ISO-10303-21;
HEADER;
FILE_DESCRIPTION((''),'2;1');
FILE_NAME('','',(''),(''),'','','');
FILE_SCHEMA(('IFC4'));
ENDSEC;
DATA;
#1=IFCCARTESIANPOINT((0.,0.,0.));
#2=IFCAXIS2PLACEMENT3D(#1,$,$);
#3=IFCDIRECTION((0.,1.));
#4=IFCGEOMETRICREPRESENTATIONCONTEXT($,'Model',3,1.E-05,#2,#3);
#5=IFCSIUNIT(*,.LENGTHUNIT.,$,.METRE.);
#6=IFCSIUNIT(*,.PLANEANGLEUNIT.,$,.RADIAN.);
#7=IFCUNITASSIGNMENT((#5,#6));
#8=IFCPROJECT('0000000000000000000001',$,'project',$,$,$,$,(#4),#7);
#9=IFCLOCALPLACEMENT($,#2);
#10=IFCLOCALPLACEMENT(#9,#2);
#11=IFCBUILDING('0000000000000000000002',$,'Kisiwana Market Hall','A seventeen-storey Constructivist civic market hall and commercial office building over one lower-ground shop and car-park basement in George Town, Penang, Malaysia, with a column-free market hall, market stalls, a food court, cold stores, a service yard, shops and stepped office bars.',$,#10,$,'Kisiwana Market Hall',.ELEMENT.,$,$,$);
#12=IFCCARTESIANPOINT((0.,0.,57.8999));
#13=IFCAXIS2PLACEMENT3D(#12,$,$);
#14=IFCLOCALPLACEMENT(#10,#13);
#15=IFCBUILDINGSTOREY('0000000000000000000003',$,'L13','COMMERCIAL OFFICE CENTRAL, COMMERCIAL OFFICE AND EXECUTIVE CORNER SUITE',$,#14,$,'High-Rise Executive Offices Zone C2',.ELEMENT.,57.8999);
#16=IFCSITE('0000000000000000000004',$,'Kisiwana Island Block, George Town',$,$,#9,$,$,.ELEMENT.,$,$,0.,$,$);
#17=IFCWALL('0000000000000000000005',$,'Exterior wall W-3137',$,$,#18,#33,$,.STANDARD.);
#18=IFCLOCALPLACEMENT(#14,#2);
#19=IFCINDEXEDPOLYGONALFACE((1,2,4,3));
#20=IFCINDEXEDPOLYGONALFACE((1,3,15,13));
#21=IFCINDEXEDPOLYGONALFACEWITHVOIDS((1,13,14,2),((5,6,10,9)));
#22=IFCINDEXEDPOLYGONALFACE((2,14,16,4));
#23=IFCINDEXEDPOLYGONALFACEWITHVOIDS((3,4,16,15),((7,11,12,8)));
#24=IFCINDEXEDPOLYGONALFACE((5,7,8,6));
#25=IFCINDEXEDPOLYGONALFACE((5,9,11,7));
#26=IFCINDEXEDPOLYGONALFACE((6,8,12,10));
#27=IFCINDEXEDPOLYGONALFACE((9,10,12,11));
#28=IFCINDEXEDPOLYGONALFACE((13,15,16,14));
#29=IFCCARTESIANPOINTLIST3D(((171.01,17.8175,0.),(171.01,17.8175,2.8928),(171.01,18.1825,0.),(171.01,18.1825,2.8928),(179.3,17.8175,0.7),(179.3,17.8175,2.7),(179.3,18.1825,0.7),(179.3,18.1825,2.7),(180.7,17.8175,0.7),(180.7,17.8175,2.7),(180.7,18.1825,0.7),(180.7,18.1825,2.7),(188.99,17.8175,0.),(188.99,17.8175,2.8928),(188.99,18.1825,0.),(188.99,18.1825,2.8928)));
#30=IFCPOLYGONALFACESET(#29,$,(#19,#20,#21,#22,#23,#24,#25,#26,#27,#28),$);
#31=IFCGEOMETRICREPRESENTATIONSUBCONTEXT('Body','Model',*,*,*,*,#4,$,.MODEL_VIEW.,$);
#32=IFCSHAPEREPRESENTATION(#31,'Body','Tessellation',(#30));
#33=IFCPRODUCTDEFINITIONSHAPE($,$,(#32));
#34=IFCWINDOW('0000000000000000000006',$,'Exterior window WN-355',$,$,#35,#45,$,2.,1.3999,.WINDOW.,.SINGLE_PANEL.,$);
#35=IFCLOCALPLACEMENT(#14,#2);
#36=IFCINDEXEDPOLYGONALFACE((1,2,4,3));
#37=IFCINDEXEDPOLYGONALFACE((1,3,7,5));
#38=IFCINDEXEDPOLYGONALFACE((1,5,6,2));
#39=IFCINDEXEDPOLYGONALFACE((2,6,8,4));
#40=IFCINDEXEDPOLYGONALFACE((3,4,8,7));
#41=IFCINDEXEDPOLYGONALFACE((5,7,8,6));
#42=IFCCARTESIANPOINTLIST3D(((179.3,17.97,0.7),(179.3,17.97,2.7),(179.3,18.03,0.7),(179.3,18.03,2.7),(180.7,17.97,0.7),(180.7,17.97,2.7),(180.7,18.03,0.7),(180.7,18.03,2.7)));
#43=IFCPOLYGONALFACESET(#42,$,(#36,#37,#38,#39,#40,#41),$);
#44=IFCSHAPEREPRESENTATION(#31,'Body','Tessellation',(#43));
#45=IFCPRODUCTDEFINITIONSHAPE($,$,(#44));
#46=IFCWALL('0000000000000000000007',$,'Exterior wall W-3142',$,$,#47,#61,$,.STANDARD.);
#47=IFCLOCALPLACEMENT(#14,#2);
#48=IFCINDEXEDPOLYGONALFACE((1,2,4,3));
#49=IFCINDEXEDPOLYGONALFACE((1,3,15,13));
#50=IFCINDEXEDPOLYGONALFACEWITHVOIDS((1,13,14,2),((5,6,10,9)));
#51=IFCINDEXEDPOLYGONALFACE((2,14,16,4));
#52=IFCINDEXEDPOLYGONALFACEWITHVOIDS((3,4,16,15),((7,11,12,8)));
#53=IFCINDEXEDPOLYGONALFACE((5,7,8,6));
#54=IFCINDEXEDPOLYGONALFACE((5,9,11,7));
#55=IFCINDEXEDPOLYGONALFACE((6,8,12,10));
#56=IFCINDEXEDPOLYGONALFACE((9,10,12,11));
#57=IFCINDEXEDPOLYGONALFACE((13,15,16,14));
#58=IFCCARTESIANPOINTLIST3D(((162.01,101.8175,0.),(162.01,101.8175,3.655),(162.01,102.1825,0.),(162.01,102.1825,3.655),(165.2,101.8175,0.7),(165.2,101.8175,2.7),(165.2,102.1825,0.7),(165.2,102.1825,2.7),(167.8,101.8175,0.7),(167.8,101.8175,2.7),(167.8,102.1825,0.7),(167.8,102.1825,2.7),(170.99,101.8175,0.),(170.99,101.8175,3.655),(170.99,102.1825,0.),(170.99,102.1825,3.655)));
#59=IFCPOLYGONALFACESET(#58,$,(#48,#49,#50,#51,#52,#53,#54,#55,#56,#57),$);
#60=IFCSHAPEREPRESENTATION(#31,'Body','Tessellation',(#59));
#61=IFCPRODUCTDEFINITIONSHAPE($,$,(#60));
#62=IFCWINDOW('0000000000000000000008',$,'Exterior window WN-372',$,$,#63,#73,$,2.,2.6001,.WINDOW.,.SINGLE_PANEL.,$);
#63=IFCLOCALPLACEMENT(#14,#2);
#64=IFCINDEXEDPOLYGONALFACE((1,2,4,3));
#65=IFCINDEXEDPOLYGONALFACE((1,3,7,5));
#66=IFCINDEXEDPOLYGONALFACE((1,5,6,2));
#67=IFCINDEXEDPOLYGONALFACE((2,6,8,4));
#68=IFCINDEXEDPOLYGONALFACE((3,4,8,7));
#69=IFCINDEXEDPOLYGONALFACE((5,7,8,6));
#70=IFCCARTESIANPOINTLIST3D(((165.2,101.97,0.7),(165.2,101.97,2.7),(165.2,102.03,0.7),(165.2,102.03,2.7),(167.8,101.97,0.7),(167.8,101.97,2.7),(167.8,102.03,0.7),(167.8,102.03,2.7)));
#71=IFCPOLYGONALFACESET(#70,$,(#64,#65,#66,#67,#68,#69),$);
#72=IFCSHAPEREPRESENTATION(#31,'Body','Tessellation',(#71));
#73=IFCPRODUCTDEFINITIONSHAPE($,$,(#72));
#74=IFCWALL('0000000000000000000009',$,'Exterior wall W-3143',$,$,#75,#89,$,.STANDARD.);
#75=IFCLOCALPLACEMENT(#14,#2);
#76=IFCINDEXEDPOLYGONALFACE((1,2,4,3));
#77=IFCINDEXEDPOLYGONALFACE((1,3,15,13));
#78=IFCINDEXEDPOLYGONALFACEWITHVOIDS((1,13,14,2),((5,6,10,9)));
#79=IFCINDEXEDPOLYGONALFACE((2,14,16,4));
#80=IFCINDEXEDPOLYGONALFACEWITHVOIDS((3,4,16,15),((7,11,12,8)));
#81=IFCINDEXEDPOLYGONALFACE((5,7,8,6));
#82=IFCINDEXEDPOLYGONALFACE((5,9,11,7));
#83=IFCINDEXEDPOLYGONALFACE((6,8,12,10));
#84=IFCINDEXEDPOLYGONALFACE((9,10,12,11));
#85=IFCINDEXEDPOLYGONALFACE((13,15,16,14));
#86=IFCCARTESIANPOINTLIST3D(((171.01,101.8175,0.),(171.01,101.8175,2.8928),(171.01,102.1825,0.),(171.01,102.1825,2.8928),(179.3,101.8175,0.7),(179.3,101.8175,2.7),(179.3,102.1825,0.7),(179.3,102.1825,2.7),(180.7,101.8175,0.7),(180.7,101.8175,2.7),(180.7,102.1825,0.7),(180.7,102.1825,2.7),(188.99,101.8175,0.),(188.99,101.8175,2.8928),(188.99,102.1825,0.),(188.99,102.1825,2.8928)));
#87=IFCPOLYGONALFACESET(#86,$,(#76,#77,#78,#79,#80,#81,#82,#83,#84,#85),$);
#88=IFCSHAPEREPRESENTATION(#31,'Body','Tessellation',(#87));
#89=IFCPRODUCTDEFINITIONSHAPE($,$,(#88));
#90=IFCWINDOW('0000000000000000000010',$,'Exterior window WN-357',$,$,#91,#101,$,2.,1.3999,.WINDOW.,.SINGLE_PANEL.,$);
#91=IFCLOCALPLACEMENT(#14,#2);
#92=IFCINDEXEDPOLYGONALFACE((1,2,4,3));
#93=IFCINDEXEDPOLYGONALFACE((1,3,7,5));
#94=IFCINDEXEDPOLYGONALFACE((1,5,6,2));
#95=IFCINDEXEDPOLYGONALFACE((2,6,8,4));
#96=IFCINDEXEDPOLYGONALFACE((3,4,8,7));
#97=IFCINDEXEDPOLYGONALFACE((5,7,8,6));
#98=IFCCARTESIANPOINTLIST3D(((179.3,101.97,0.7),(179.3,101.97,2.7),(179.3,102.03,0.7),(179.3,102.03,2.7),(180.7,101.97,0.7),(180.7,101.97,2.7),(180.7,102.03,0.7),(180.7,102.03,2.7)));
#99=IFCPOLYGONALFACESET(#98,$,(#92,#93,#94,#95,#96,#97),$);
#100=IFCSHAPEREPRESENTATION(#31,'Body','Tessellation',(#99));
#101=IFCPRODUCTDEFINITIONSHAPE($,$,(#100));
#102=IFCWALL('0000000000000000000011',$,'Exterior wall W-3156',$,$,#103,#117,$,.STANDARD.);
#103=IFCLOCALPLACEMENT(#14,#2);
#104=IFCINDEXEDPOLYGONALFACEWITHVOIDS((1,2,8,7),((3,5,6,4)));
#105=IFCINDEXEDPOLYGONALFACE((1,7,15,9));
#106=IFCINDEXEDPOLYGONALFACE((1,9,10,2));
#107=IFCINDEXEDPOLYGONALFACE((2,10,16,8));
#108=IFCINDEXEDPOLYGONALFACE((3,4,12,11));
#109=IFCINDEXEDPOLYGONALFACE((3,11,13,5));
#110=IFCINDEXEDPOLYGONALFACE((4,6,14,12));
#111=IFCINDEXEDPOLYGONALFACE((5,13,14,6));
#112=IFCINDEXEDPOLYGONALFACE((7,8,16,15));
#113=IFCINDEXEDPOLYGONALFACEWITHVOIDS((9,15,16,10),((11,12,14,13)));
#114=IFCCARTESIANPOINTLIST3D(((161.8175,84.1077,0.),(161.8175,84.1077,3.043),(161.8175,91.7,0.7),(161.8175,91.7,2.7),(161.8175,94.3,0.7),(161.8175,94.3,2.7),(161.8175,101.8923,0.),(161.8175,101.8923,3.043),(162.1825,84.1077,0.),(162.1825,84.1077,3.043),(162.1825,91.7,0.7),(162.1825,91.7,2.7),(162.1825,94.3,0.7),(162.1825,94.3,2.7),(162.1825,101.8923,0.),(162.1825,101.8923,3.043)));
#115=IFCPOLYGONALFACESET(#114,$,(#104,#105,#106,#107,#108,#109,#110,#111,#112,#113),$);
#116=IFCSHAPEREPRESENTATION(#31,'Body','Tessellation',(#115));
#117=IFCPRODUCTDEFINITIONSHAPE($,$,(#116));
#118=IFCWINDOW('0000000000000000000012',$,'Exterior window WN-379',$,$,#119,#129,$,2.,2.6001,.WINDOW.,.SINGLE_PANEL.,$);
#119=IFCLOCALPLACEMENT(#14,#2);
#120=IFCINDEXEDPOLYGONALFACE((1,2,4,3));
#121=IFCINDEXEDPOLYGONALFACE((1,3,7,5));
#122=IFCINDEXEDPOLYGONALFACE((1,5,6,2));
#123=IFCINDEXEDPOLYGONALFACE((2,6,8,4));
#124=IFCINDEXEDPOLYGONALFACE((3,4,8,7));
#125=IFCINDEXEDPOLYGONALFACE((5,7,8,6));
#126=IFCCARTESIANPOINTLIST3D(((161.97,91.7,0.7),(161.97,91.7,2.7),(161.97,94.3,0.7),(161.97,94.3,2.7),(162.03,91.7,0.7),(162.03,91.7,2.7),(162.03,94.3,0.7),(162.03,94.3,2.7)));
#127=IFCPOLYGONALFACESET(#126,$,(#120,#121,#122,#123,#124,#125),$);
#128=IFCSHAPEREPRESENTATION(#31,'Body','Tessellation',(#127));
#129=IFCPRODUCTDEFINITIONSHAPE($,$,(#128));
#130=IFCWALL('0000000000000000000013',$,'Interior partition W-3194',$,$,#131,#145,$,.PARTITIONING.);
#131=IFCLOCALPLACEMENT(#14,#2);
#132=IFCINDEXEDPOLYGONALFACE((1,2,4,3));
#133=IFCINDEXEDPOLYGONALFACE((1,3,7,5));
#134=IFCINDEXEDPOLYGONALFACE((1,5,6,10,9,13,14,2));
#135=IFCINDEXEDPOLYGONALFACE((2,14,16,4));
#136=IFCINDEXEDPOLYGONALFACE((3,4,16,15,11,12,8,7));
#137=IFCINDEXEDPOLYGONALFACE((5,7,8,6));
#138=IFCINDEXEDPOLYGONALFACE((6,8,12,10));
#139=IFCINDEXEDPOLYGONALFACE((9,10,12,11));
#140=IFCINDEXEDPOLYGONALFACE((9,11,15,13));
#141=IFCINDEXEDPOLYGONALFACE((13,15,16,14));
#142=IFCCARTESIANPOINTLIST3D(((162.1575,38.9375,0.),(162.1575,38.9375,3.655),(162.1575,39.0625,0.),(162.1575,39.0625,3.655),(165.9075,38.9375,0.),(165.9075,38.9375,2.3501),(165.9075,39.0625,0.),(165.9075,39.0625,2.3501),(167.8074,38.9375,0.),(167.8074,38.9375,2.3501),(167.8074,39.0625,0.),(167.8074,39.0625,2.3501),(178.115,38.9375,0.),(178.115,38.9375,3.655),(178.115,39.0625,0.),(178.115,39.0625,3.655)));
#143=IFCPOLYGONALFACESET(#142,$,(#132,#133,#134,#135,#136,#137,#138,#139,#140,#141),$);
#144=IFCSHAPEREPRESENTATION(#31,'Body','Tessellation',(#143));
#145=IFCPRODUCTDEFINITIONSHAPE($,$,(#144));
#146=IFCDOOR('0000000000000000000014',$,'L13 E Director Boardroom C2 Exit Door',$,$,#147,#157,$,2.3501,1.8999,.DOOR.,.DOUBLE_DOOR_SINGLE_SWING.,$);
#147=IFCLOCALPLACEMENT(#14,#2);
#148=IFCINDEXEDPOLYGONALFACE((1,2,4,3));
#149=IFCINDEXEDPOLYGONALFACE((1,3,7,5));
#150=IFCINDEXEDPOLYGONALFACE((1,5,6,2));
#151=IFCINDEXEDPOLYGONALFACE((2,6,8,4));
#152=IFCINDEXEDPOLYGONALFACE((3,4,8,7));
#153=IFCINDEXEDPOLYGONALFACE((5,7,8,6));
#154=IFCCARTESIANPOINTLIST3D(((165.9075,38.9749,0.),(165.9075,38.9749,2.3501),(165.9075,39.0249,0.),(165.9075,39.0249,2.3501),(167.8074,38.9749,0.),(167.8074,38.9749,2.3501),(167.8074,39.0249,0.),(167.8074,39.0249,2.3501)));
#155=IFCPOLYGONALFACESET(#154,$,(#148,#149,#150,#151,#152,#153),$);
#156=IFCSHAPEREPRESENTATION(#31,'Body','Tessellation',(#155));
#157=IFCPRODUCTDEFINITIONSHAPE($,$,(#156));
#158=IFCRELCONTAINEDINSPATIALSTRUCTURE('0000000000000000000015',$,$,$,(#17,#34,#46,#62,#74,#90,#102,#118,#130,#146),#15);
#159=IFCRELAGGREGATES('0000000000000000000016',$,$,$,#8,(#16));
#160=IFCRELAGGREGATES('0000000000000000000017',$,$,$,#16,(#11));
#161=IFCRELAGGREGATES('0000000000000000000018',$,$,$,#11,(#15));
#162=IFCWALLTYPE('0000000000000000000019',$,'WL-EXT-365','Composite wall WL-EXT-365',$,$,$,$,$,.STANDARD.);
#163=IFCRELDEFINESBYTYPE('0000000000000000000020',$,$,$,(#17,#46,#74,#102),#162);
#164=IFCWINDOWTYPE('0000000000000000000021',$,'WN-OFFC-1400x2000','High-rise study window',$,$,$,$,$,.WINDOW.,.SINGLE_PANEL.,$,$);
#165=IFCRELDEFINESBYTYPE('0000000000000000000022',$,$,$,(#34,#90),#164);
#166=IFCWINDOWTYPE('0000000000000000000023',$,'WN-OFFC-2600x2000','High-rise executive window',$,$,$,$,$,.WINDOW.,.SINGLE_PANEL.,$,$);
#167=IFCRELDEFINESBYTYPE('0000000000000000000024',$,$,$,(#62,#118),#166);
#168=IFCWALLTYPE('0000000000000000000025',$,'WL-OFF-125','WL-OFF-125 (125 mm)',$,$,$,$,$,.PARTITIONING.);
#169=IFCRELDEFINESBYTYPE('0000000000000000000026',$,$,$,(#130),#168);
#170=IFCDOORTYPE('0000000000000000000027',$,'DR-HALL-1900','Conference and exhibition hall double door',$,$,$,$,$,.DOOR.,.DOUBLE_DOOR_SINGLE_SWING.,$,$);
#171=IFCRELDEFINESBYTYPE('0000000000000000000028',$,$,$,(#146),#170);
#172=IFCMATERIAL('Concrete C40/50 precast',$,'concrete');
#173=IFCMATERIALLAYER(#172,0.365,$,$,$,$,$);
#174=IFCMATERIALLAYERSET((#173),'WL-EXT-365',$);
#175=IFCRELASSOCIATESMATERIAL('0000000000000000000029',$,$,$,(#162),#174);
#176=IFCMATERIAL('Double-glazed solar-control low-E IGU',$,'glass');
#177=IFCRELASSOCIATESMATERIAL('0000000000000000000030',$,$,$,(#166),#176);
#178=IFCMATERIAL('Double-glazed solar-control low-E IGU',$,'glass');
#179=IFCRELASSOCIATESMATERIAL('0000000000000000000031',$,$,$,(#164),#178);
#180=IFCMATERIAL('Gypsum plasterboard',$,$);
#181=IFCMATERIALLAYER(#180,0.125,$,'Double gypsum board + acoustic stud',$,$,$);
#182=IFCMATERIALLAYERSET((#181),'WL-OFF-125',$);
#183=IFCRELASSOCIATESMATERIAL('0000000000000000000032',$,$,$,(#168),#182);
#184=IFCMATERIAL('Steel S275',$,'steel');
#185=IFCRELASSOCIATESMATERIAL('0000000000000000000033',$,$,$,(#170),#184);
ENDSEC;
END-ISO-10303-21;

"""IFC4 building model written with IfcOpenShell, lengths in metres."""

from ifc_helpers import new_model, si_unit, direction, frame, frame_2d, origin, place, context, subcontext, project, spatial, rectangle, extrude, material, layer, layer_set, type_object, element, fill, save


model = new_model("IFC4")

# Units and contexts
model_context = context("Model", 3, precision=1e-05, world=origin(), true_north=direction((0.0, 1.0)))
body_context = subcontext(model_context, "Body", "Model", "MODEL_VIEW")
ifc_project = project(units=[si_unit("LENGTHUNIT", "METRE"), si_unit("PLANEANGLEUNIT", "RADIAN")], contexts=[model_context])

# Site, building, storey
site_placement = place(None, origin())
site = spatial("IfcSite", under=ifc_project, at=site_placement, Name="Kisiwana Island Block, George Town", CompositionType="ELEMENT", RefElevation=0.0)
building_placement = place(site_placement, origin())
building = spatial("IfcBuilding", under=site, at=building_placement, Name="Kisiwana Market Hall", Description="A seventeen-storey Constructivist civic market hall and commercial office building over one lower-ground shop and car-park basement in George Town, Penang, Malaysia, with a column-free market hall, market stalls, a food court, cold stores, a service yard, shops and stepped office bars.", LongName="Kisiwana Market Hall", CompositionType="ELEMENT")
storey_placement = place(building_placement, frame((0.0, 0.0, 57.8999)))
storey = spatial("IfcBuildingStorey", under=building, at=storey_placement, Name="L13", Description="COMMERCIAL OFFICE CENTRAL, COMMERCIAL OFFICE AND EXECUTIVE CORNER SUITE", LongName="High-Rise Executive Offices Zone C2", CompositionType="ELEMENT", Elevation=57.8999)

# Walls, openings, windows
ifc_material_1 = material(Name="Concrete C40/50 precast", Category="concrete")
ifc_layer_1 = layer(ifc_material_1, 0.365)
ifc_layer_set_1 = layer_set([ifc_layer_1], Name="WL-EXT-365")
wall_type_1 = type_object("IfcWallType", Name="WL-EXT-365", Description="Composite wall WL-EXT-365", PredefinedType="STANDARD", material=ifc_layer_set_1)
ifc_material_2 = material(Name="Double-glazed solar-control low-E IGU", Category="glass")
window_type_1 = type_object("IfcWindowType", Name="WN-OFFC-2600x2000", Description="High-rise executive window", PartitioningType="SINGLE_PANEL", PredefinedType="WINDOW", material=ifc_material_2)
wall_1_placement = place(storey_placement, frame((171.01, 18.0, 0.0), z_axis=(0.0, 0.0, 1.0), x_axis=(1.0, 0.0, 0.0)))
wall_1 = element("IfcWall", 1, at=wall_1_placement, inside=storey, type_object=wall_type_1, Name="Exterior wall W-3137", PredefinedType="STANDARD", context=body_context, shape_type="SweptSolid", body=[
    extrude(rectangle(XDim=17.98, YDim=0.365, at=frame_2d((8.99, 0.0))), origin(), (0.0, 0.0, 1.0), 2.8928),
])
opening_1_placement = place(wall_1_placement, frame((8.29, 0.0, 0.7)))
opening_1 = element("IfcOpeningElement", 2, at=opening_1_placement, cuts=wall_1, PredefinedType="OPENING", context=body_context, shape_type="SweptSolid", body=[
    extrude(rectangle(XDim=1.3999, YDim=2.0, at=frame_2d((0.7, 1.0))), frame((0.0, 0.1943, 0.0), z_axis=(0.0, -1.0, 0.0), x_axis=(1.0, 0.0, 0.0)), (0.0, 0.0, 1.0), 0.3889),
])
ifc_material_3 = material(Name="Double-glazed solar-control low-E IGU", Category="glass")
window_type_2 = type_object("IfcWindowType", Name="WN-OFFC-1400x2000", Description="High-rise study window", PartitioningType="SINGLE_PANEL", PredefinedType="WINDOW", material=ifc_material_3)
window_1_placement = place(opening_1_placement, origin())
window_1 = element("IfcWindow", 3, at=window_1_placement, inside=storey, type_object=window_type_2, Name="Exterior window WN-355", OverallHeight=2.0, OverallWidth=1.3999, PartitioningType="SINGLE_PANEL", PredefinedType="WINDOW", context=body_context, shape_type="SweptSolid", body=[
    extrude(rectangle(XDim=1.3999, YDim=2.0, at=frame_2d((0.7, 1.0))), frame((0.0, 0.03, 0.0), z_axis=(0.0, -1.0, 0.0), x_axis=(1.0, 0.0, 0.0)), (0.0, 0.0, 1.0), 0.0601),
])
fill(opening_1, window_1)
wall_2_placement = place(storey_placement, frame((162.01, 102.0, 0.0), z_axis=(0.0, 0.0, 1.0), x_axis=(1.0, 0.0, 0.0)))
wall_2 = element("IfcWall", 4, at=wall_2_placement, inside=storey, type_object=wall_type_1, Name="Exterior wall W-3142", PredefinedType="STANDARD", context=body_context, shape_type="SweptSolid", body=[
    extrude(rectangle(XDim=8.98, YDim=0.365, at=frame_2d((4.49, 0.0))), origin(), (0.0, 0.0, 1.0), 3.655),
])
opening_2_placement = place(wall_2_placement, frame((3.1899, 0.0, 0.7)))
opening_2 = element("IfcOpeningElement", 5, at=opening_2_placement, cuts=wall_2, PredefinedType="OPENING", context=body_context, shape_type="SweptSolid", body=[
    extrude(rectangle(XDim=2.6001, YDim=2.0, at=frame_2d((1.3, 1.0))), frame((0.0, 0.1943, 0.0), z_axis=(0.0, -1.0, 0.0), x_axis=(1.0, 0.0, 0.0)), (0.0, 0.0, 1.0), 0.3889),
])
window_2_placement = place(opening_2_placement, origin())
window_2 = element("IfcWindow", 6, at=window_2_placement, inside=storey, type_object=window_type_1, Name="Exterior window WN-372", OverallHeight=2.0, OverallWidth=2.6001, PartitioningType="SINGLE_PANEL", PredefinedType="WINDOW", context=body_context, shape_type="SweptSolid", body=[
    extrude(rectangle(XDim=2.6001, YDim=2.0, at=frame_2d((1.3, 1.0))), frame((0.0, 0.03, 0.0), z_axis=(0.0, -1.0, 0.0), x_axis=(1.0, 0.0, 0.0)), (0.0, 0.0, 1.0), 0.0601),
])
fill(opening_2, window_2)
wall_3_placement = place(storey_placement, frame((171.01, 102.0, 0.0), z_axis=(0.0, 0.0, 1.0), x_axis=(1.0, 0.0, 0.0)))
wall_3 = element("IfcWall", 7, at=wall_3_placement, inside=storey, type_object=wall_type_1, Name="Exterior wall W-3143", PredefinedType="STANDARD", context=body_context, shape_type="SweptSolid", body=[
    extrude(rectangle(XDim=17.98, YDim=0.365, at=frame_2d((8.99, 0.0))), origin(), (0.0, 0.0, 1.0), 2.8928),
])
opening_3_placement = place(wall_3_placement, frame((8.29, 0.0, 0.7)))
opening_3 = element("IfcOpeningElement", 8, at=opening_3_placement, cuts=wall_3, PredefinedType="OPENING", context=body_context, shape_type="SweptSolid", body=[
    extrude(rectangle(XDim=1.3999, YDim=2.0, at=frame_2d((0.7, 1.0))), frame((0.0, 0.1943, 0.0), z_axis=(0.0, -1.0, 0.0), x_axis=(1.0, 0.0, 0.0)), (0.0, 0.0, 1.0), 0.3889),
])
window_3_placement = place(opening_3_placement, origin())
window_3 = element("IfcWindow", 9, at=window_3_placement, inside=storey, type_object=window_type_2, Name="Exterior window WN-357", OverallHeight=2.0, OverallWidth=1.3999, PartitioningType="SINGLE_PANEL", PredefinedType="WINDOW", context=body_context, shape_type="SweptSolid", body=[
    extrude(rectangle(XDim=1.3999, YDim=2.0, at=frame_2d((0.7, 1.0))), frame((0.0, 0.03, 0.0), z_axis=(0.0, -1.0, 0.0), x_axis=(1.0, 0.0, 0.0)), (0.0, 0.0, 1.0), 0.0601),
])
fill(opening_3, window_3)
wall_4_placement = place(storey_placement, frame((162.0, 84.1077, 0.0), z_axis=(0.0, 0.0, 1.0), x_axis=(0.0, 1.0, 0.0)))
wall_4 = element("IfcWall", 10, at=wall_4_placement, inside=storey, type_object=wall_type_1, Name="Exterior wall W-3156", PredefinedType="STANDARD", context=body_context, shape_type="SweptSolid", body=[
    extrude(rectangle(XDim=17.7847, YDim=0.365, at=frame_2d((8.8923, 0.0))), origin(), (0.0, 0.0, 1.0), 3.043),
])
opening_4_placement = place(wall_4_placement, frame((7.5923, 0.0, 0.7)))
opening_4 = element("IfcOpeningElement", 11, at=opening_4_placement, cuts=wall_4, PredefinedType="OPENING", context=body_context, shape_type="SweptSolid", body=[
    extrude(rectangle(XDim=2.6001, YDim=2.0, at=frame_2d((1.3, 1.0))), frame((0.0, 0.1943, 0.0), z_axis=(0.0, -1.0, 0.0), x_axis=(1.0, 0.0, 0.0)), (0.0, 0.0, 1.0), 0.3889),
])
window_4_placement = place(opening_4_placement, origin())
window_4 = element("IfcWindow", 12, at=window_4_placement, inside=storey, type_object=window_type_1, Name="Exterior window WN-379", OverallHeight=2.0, OverallWidth=2.6001, PartitioningType="SINGLE_PANEL", PredefinedType="WINDOW", context=body_context, shape_type="SweptSolid", body=[
    extrude(rectangle(XDim=2.6001, YDim=2.0, at=frame_2d((1.3, 1.0))), frame((0.0, 0.03, 0.0), z_axis=(0.0, -1.0, 0.0), x_axis=(1.0, 0.0, 0.0)), (0.0, 0.0, 1.0), 0.0601),
])
fill(opening_4, window_4)

# Wall, opening, door
ifc_material_4 = material(Name="Gypsum plasterboard")
ifc_layer_2 = layer(ifc_material_4, 0.125, Name="Double gypsum board + acoustic stud")
ifc_layer_set_2 = layer_set([ifc_layer_2], Name="WL-OFF-125")
wall_type_2 = type_object("IfcWallType", Name="WL-OFF-125", Description="WL-OFF-125 (125 mm)", PredefinedType="PARTITIONING", material=ifc_layer_set_2)
wall_5_placement = place(storey_placement, frame((162.1575, 39.0, 0.0), z_axis=(0.0, 0.0, 1.0), x_axis=(1.0, 0.0, 0.0)))
wall_5 = element("IfcWall", 13, at=wall_5_placement, inside=storey, type_object=wall_type_2, Name="Interior partition W-3194", PredefinedType="PARTITIONING", context=body_context, shape_type="SweptSolid", body=[
    extrude(rectangle(XDim=15.9575, YDim=0.125, at=frame_2d((7.9788, 0.0))), origin(), (0.0, 0.0, 1.0), 3.655),
])
opening_5_placement = place(wall_5_placement, frame((3.75, 0.0, 0.0)))
opening_5 = element("IfcOpeningElement", 14, at=opening_5_placement, cuts=wall_5, PredefinedType="OPENING", context=body_context, shape_type="SweptSolid", body=[
    extrude(rectangle(XDim=1.8999, YDim=2.3501, at=frame_2d((0.95, 1.175))), frame((0.0, 0.0745, 0.0), z_axis=(0.0, -1.0, 0.0), x_axis=(1.0, 0.0, 0.0)), (0.0, 0.0, 1.0), 0.1489),
])
ifc_material_5 = material(Name="Steel S275", Category="steel")
door_type = type_object("IfcDoorType", Name="DR-HALL-1900", Description="Conference and exhibition hall double door", OperationType="DOUBLE_DOOR_SINGLE_SWING", PredefinedType="DOOR", material=ifc_material_5)
door_1_placement = place(opening_5_placement, origin())
door_1 = element("IfcDoor", 15, at=door_1_placement, inside=storey, type_object=door_type, Name="L13 E Director Boardroom C2 Exit Door", OperationType="DOUBLE_DOOR_SINGLE_SWING", OverallHeight=2.3501, OverallWidth=1.8999, PredefinedType="DOOR", context=body_context, shape_type="SweptSolid", body=[
    extrude(rectangle(XDim=1.8999, YDim=2.3501, at=frame_2d((0.95, 1.175))), frame((0.0, 0.0249, 0.0), z_axis=(0.0, -1.0, 0.0), x_axis=(1.0, 0.0, 0.0)), (0.0, 0.0, 1.0), 0.05),
])
fill(opening_5, door_1)

save(model, "model.ifc")
